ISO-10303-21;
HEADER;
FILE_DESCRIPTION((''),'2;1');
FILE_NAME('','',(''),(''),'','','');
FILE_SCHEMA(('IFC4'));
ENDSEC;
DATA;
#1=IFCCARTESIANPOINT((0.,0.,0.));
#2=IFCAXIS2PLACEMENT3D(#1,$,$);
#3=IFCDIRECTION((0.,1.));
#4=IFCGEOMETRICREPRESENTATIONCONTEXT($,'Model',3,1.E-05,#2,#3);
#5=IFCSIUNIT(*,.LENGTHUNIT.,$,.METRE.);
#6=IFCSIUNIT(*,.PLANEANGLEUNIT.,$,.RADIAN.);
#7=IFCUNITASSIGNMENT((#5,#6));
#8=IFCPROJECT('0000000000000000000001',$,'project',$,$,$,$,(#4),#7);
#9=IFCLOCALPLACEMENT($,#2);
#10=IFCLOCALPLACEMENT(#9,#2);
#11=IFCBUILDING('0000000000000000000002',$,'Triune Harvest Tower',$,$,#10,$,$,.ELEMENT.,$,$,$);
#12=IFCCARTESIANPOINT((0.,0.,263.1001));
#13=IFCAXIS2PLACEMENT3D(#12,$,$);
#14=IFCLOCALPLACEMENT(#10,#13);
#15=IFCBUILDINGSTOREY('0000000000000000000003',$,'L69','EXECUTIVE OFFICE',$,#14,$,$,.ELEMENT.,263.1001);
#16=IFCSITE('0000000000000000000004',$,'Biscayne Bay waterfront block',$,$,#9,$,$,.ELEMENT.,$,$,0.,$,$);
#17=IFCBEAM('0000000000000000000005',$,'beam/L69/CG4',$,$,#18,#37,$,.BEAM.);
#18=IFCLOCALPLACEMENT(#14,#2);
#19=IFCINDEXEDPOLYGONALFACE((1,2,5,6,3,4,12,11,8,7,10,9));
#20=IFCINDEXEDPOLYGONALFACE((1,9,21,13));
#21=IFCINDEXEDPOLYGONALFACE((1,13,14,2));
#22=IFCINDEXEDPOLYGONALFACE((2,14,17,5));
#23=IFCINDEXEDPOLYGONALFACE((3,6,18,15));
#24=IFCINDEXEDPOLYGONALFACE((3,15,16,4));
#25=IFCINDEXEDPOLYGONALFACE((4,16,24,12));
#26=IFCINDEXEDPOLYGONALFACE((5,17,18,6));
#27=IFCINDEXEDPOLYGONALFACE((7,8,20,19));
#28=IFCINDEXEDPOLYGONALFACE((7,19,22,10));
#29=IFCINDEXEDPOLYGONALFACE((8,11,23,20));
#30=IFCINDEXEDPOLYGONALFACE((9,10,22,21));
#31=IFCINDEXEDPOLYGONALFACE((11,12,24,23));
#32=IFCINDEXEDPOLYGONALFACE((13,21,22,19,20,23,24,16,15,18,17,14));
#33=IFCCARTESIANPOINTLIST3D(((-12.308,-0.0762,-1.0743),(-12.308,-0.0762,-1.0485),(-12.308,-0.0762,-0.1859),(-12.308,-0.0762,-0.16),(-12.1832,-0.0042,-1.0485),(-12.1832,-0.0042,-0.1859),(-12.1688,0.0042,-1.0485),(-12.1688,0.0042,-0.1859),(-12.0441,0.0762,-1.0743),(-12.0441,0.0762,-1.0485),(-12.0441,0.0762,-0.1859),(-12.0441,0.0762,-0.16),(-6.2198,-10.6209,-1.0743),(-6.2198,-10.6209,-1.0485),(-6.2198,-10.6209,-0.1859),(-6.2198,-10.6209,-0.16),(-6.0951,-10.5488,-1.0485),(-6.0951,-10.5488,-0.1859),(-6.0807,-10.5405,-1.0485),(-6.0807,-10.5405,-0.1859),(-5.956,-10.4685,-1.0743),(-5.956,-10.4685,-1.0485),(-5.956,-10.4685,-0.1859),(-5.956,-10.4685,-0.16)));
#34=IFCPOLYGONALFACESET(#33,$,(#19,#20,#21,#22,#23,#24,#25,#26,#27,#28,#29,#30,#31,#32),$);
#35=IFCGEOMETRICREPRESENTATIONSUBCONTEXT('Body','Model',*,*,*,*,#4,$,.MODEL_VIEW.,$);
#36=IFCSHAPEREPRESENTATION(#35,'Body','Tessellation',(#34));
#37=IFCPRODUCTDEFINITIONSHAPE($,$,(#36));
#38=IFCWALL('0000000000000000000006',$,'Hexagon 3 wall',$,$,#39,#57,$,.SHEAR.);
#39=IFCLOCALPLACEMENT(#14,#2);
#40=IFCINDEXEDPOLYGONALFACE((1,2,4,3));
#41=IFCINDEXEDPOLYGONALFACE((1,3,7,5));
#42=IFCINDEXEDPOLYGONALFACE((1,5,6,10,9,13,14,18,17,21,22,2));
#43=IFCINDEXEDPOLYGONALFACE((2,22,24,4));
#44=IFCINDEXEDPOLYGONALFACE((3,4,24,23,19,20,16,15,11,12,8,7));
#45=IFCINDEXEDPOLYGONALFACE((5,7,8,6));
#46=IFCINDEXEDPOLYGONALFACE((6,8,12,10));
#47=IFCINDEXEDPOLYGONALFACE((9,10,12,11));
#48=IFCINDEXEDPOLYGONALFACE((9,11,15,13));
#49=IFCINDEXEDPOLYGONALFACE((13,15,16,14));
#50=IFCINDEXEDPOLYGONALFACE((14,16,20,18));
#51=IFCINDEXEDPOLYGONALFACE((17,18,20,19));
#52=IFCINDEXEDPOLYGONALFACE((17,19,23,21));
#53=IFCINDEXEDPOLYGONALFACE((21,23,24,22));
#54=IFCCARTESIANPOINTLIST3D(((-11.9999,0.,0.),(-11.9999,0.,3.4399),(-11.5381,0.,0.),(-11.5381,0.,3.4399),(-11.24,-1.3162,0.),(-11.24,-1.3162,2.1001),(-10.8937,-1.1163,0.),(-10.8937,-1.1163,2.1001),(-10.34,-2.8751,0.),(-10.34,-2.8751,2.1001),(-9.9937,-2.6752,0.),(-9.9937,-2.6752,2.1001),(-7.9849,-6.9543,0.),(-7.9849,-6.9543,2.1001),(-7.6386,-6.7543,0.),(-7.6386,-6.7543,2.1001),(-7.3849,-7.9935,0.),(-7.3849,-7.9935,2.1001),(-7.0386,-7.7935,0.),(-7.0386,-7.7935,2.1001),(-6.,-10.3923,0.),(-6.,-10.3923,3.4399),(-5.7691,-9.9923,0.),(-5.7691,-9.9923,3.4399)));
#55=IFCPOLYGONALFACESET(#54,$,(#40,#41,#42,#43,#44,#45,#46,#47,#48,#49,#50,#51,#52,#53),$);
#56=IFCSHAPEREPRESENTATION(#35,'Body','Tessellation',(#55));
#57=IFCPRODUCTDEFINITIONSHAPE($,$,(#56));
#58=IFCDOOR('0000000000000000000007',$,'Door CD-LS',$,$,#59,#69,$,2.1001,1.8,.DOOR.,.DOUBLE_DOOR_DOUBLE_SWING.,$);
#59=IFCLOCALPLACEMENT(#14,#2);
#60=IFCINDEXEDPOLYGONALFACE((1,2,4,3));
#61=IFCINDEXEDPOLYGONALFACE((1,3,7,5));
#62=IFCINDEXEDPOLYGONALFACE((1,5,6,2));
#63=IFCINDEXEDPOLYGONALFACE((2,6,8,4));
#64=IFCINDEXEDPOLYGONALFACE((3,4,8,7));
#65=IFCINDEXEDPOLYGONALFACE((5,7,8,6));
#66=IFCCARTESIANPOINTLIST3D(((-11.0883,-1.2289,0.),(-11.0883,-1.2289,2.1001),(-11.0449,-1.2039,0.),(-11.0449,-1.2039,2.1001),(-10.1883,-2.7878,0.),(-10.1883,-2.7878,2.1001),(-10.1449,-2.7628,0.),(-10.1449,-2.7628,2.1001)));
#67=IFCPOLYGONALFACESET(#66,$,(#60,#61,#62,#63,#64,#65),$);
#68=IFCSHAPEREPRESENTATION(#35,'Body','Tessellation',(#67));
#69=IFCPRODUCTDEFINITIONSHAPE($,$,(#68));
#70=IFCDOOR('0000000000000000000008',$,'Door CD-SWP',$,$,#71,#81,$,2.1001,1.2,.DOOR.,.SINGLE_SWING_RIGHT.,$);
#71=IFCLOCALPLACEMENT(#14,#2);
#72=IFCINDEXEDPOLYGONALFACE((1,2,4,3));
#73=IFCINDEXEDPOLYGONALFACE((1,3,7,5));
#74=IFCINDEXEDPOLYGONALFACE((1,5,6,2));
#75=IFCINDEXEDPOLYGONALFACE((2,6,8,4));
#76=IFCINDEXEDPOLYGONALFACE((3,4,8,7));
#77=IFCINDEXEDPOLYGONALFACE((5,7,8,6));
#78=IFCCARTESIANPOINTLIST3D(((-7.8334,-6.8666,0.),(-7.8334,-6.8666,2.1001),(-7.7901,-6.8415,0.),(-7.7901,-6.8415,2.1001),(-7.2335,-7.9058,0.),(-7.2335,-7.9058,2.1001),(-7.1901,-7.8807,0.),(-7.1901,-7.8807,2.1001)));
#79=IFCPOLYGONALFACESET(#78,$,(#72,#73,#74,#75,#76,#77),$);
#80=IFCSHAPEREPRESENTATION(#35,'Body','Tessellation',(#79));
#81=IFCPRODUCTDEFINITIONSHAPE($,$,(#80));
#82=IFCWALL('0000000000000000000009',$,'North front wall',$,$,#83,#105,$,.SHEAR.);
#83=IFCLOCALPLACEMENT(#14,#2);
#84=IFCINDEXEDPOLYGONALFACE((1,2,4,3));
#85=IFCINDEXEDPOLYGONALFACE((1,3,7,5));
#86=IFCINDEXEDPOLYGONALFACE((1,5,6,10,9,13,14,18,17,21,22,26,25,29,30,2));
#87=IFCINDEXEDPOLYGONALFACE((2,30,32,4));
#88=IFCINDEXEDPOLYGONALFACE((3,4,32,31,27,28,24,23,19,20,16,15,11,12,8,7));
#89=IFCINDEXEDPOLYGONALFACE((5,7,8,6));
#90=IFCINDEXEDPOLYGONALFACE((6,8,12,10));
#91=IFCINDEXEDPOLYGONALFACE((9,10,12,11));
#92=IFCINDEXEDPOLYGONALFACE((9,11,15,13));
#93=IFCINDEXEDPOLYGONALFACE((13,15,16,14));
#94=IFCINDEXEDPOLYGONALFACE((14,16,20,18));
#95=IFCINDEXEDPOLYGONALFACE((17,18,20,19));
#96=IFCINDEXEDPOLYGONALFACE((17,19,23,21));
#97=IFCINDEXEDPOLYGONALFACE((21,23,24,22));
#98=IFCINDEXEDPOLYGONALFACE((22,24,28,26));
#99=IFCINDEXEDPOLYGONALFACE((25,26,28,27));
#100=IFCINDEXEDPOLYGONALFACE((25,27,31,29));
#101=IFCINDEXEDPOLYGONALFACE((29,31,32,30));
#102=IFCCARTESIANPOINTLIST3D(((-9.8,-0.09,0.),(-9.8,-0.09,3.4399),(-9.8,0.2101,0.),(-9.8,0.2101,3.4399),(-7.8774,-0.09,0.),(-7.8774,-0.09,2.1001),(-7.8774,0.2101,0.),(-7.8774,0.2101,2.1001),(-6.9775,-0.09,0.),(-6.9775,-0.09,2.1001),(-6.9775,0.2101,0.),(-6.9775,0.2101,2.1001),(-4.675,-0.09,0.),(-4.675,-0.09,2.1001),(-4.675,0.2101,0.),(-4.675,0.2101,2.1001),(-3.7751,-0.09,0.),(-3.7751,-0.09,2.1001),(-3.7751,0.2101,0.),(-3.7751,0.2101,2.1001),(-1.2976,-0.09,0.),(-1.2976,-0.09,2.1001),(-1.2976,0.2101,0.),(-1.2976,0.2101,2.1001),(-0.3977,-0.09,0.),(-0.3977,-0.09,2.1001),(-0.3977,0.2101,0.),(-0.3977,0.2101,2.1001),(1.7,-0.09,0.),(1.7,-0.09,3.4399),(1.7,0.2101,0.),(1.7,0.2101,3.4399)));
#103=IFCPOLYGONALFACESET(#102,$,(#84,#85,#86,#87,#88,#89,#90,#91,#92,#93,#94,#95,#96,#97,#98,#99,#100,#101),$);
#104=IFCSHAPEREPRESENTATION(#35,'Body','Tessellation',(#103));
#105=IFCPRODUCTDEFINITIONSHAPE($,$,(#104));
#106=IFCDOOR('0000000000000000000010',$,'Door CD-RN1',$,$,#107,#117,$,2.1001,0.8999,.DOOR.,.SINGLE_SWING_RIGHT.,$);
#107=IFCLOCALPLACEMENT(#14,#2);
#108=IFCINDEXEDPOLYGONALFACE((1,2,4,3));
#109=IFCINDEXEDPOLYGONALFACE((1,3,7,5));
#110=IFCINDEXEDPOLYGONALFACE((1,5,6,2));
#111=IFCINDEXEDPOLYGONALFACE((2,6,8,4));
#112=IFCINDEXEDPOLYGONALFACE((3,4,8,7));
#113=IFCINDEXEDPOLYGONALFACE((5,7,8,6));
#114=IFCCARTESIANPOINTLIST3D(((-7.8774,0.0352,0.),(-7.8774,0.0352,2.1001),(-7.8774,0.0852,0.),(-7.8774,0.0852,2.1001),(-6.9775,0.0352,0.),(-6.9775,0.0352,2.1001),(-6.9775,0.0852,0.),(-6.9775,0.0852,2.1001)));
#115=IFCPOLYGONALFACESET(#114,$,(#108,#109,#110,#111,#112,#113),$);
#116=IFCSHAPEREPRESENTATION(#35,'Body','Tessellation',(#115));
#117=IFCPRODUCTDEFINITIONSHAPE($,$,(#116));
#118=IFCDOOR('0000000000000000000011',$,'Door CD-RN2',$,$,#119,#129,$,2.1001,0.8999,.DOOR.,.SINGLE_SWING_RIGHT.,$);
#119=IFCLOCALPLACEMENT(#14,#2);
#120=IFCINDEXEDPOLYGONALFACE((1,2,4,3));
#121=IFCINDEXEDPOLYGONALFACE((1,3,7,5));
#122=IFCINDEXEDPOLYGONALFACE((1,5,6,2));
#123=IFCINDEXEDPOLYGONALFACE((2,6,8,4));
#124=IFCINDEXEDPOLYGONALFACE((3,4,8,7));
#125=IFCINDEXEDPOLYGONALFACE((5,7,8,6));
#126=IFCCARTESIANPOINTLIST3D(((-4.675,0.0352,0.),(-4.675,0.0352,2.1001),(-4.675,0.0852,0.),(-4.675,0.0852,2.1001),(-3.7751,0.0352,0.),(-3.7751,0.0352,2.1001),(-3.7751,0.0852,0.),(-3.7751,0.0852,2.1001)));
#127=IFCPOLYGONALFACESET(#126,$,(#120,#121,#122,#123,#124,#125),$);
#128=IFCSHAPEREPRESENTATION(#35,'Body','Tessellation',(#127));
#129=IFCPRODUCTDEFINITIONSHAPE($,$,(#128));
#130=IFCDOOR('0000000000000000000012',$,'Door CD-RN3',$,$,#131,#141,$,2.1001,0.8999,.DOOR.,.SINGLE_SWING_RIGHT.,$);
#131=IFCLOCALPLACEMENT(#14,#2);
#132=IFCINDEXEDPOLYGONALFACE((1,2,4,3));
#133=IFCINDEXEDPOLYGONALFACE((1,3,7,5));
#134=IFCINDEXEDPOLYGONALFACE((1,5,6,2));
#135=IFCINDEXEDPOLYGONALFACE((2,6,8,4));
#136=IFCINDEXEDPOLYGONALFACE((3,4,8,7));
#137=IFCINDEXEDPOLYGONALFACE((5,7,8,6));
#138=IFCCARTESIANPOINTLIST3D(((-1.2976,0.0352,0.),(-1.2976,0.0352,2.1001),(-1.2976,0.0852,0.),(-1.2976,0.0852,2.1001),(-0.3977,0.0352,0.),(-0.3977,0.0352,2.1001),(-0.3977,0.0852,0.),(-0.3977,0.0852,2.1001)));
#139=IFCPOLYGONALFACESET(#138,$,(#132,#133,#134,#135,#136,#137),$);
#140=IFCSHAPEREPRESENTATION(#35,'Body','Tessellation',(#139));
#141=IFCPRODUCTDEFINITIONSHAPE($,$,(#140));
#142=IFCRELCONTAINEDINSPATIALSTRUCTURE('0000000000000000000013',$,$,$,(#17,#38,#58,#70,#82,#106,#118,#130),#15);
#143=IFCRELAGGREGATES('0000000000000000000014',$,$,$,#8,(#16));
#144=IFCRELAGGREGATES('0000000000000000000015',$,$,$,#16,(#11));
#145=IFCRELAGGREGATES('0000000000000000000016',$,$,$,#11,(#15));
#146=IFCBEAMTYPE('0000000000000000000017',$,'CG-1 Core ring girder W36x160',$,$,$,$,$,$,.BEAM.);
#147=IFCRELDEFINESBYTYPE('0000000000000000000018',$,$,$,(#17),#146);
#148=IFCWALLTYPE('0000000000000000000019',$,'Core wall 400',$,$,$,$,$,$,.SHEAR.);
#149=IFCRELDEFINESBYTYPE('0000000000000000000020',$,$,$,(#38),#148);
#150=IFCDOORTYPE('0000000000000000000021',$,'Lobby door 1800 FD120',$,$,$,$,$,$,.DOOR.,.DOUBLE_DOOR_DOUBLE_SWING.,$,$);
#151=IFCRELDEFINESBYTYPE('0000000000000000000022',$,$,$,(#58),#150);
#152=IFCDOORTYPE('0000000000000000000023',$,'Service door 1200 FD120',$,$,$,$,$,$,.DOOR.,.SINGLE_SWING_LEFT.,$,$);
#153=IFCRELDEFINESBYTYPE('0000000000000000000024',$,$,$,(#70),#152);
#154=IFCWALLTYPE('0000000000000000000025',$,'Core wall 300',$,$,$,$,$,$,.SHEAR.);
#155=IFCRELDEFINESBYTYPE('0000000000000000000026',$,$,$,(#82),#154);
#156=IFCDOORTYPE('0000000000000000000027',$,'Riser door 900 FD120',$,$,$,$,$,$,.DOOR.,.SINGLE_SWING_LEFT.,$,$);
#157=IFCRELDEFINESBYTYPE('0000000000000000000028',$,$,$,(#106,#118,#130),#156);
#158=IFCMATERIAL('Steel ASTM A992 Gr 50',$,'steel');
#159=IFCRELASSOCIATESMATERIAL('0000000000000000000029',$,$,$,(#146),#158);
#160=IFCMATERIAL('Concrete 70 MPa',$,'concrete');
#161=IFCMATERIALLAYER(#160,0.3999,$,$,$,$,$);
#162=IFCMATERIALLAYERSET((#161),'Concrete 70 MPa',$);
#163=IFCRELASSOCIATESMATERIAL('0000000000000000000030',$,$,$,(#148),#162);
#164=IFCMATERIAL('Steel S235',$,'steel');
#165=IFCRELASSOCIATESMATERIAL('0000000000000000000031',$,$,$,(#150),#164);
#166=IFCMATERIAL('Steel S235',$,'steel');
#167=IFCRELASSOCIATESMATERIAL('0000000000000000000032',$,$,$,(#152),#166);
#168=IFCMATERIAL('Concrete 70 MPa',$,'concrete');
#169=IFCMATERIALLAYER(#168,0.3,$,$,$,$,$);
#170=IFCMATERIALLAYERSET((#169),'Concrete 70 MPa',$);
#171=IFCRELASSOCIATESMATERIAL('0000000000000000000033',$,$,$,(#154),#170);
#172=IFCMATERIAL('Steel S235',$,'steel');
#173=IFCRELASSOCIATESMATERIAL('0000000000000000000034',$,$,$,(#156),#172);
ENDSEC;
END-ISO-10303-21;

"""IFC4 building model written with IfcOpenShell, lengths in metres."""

from ifc_helpers import new_model, si_unit, direction, frame, frame_2d, origin, origin_2d, place, context, subcontext, project, spatial, polyline, rectangle, i_section, outline, extrude, source, transform, mapped, material, layer, layer_set, material_profile, profile_set, type_object, element, fill, save


model = new_model("IFC4")

# Units and contexts
model_context = context("Model", 3, precision=1e-05, world=origin(), true_north=direction((0.0, 1.0)))
body_context = subcontext(model_context, "Body", "Model", "MODEL_VIEW")
ifc_project = project(units=[si_unit("LENGTHUNIT", "METRE"), si_unit("PLANEANGLEUNIT", "RADIAN")], contexts=[model_context])

# Site, building, storey
site_placement = place(None, origin())
site = spatial("IfcSite", under=ifc_project, at=site_placement, Name="Biscayne Bay waterfront block", CompositionType="ELEMENT", RefElevation=0.0)
building_placement = place(site_placement, origin())
building = spatial("IfcBuilding", under=site, at=building_placement, Name="Triune Harvest Tower", CompositionType="ELEMENT")
storey_placement = place(building_placement, frame((0.0, 0.0, 263.1001)))
storey = spatial("IfcBuildingStorey", under=building, at=storey_placement, Name="L69", Description="EXECUTIVE OFFICE", CompositionType="ELEMENT", Elevation=263.1001)

# Beam
ifc_material_1 = material(Name="Steel ASTM A992 Gr 50", Category="steel")
ifc_material_profile = material_profile(ifc_material_1, i_section(OverallWidth=0.3047, OverallDepth=0.9143, WebThickness=0.0166, FlangeThickness=0.0259, at=origin_2d()), Name="W36x160")
ifc_profile_set = profile_set([ifc_material_profile], Name="Steel ASTM A992 Gr 50")
beam_type = type_object("IfcBeamType", Name="CG-1 Core ring girder W36x160", PredefinedType="BEAM", material=ifc_profile_set)
shared_shape_1 = source(origin(), body_context, "Body", "SweptSolid", [
    extrude(i_section(OverallWidth=0.3047, OverallDepth=0.9143, WebThickness=0.0166, FlangeThickness=0.0259, at=origin_2d()), origin(), (0.0, 0.0, 1.0), 12.176),
])
beam_placement = place(storey_placement, frame((-12.176, 0.0, -0.6172), z_axis=(0.50001, -0.86602, 0.0), x_axis=(0.86602, 0.50001, 0.0)))
element("IfcBeam", 1, at=beam_placement, inside=storey, type_object=beam_type, Name="beam/L69/CG4", PredefinedType="BEAM", context=body_context, shape_type="MappedRepresentation", body=[
    mapped(shared_shape_1, transform((0.0, 0.0, 0.0), scale=1.0)),
])

# Walls, openings, doors
ifc_material_2 = material(Name="Concrete 70 MPa", Category="concrete")
ifc_layer_1 = layer(ifc_material_2, 0.3999)
ifc_layer_set_1 = layer_set([ifc_layer_1], Name="Concrete 70 MPa")
wall_type_1 = type_object("IfcWallType", Name="Core wall 400", PredefinedType="SHEAR", material=ifc_layer_set_1)
shared_shape_2 = source(origin(), body_context, "Body", "SweptSolid", [
    extrude(outline(polyline([(-0.1155, -0.2), (11.8845, -0.2), (11.6536, 0.2), (0.1155, 0.2), (-0.1155, -0.2)])), origin(), (0.0, 0.0, 1.0), 3.4399),
])
wall_1_placement = place(storey_placement, frame((-11.769, 0.0, 0.0), z_axis=(0.0, 0.0, 1.0), x_axis=(0.499997, -0.866027, 0.0)))
wall_1 = element("IfcWall", 2, at=wall_1_placement, inside=storey, type_object=wall_type_1, Name="Hexagon 3 wall", PredefinedType="SHEAR", context=body_context, shape_type="MappedRepresentation", body=[
    mapped(shared_shape_2, transform((0.0, 0.0, 0.0), scale=1.0)),
])
opening_1_placement = place(wall_1_placement, frame((1.4045, 0.0, 0.0)))
opening_1 = element("IfcOpeningElement", 3, at=opening_1_placement, cuts=wall_1, PredefinedType="OPENING", context=body_context, shape_type="SweptSolid", body=[
    extrude(rectangle(XDim=1.8, YDim=2.1001, at=frame_2d((0.8999, 1.05))), frame((0.0, 0.21, 0.0), z_axis=(0.0, -1.0, 0.0), x_axis=(1.0, 0.0, 0.0)), (0.0, 0.0, 1.0), 0.4199),
])
opening_2_placement = place(wall_1_placement, frame((7.9146, 0.0, 0.0)))
opening_2 = element("IfcOpeningElement", 4, at=opening_2_placement, cuts=wall_1, PredefinedType="OPENING", context=body_context, shape_type="SweptSolid", body=[
    extrude(rectangle(XDim=1.2, YDim=2.1001, at=frame_2d((0.6001, 1.05))), frame((0.0, 0.21, 0.0), z_axis=(0.0, -1.0, 0.0), x_axis=(1.0, 0.0, 0.0)), (0.0, 0.0, 1.0), 0.4199),
])
ifc_material_3 = material(Name="Steel S235", Category="steel")
door_type_1 = type_object("IfcDoorType", Name="Lobby door 1800 FD120", OperationType="DOUBLE_DOOR_DOUBLE_SWING", PredefinedType="DOOR", material=ifc_material_3)
door_1_placement = place(opening_1_placement, frame((1.8, 0.0, 0.0), z_axis=(0.0, 0.0, 1.0), x_axis=(-1.0, 0.0, 0.0)))
door_1 = element("IfcDoor", 5, at=door_1_placement, inside=storey, type_object=door_type_1, Name="Door CD-LS", OperationType="DOUBLE_DOOR_DOUBLE_SWING", OverallHeight=2.1001, OverallWidth=1.8, PredefinedType="DOOR", context=body_context, shape_type="SweptSolid", body=[
    extrude(rectangle(XDim=1.8, YDim=2.1001, at=frame_2d((0.8999, 1.05))), frame((0.0, 0.0249, 0.0), z_axis=(0.0, -1.0, 0.0), x_axis=(1.0, 0.0, 0.0)), (0.0, 0.0, 1.0), 0.05),
])
fill(opening_1, door_1)
ifc_material_4 = material(Name="Steel S235", Category="steel")
door_type_2 = type_object("IfcDoorType", Name="Service door 1200 FD120", OperationType="SINGLE_SWING_LEFT", PredefinedType="DOOR", material=ifc_material_4)
door_2_placement = place(opening_2_placement, frame((1.2, 0.0, 0.0), z_axis=(0.0, 0.0, 1.0), x_axis=(-1.0, 0.0, 0.0)))
door_2 = element("IfcDoor", 6, at=door_2_placement, inside=storey, type_object=door_type_2, Name="Door CD-SWP", OperationType="SINGLE_SWING_RIGHT", OverallHeight=2.1001, OverallWidth=1.2, PredefinedType="DOOR", context=body_context, shape_type="SweptSolid", body=[
    extrude(rectangle(XDim=1.2, YDim=2.1001, at=frame_2d((0.6001, 1.05))), frame((0.0, 0.0249, 0.0), z_axis=(0.0, -1.0, 0.0), x_axis=(1.0, 0.0, 0.0)), (0.0, 0.0, 1.0), 0.05),
])
fill(opening_2, door_2)
ifc_material_5 = material(Name="Concrete 70 MPa", Category="concrete")
ifc_layer_2 = layer(ifc_material_5, 0.3)
ifc_layer_set_2 = layer_set([ifc_layer_2], Name="Concrete 70 MPa")
wall_type_2 = type_object("IfcWallType", Name="Core wall 300", PredefinedType="SHEAR", material=ifc_layer_set_2)
shared_shape_3 = source(origin(), body_context, "Body", "SweptSolid", [
    extrude(rectangle(XDim=11.5, YDim=0.3, at=frame_2d((5.75, 0.0))), origin(), (0.0, 0.0, 1.0), 3.4399),
])
wall_2_placement = place(storey_placement, frame((-9.8, 0.0601, 0.0), z_axis=(0.0, 0.0, 1.0), x_axis=(1.0, 0.0, 0.0)))
wall_2 = element("IfcWall", 7, at=wall_2_placement, inside=storey, type_object=wall_type_2, Name="North front wall", PredefinedType="SHEAR", context=body_context, shape_type="MappedRepresentation", body=[
    mapped(shared_shape_3, transform((0.0, 0.0, 0.0), scale=1.0)),
])
opening_3_placement = place(wall_2_placement, frame((1.9226, 0.0, 0.0)))
opening_3 = element("IfcOpeningElement", 8, at=opening_3_placement, cuts=wall_2, PredefinedType="OPENING", context=body_context, shape_type="SweptSolid", body=[
    extrude(rectangle(XDim=0.8999, YDim=2.1001, at=frame_2d((0.45, 1.05))), frame((0.0, 0.1602, 0.0), z_axis=(0.0, -1.0, 0.0), x_axis=(1.0, 0.0, 0.0)), (0.0, 0.0, 1.0), 0.3201),
])
opening_4_placement = place(wall_2_placement, frame((5.125, 0.0, 0.0)))
opening_4 = element("IfcOpeningElement", 9, at=opening_4_placement, cuts=wall_2, PredefinedType="OPENING", context=body_context, shape_type="SweptSolid", body=[
    extrude(rectangle(XDim=0.8999, YDim=2.1001, at=frame_2d((0.45, 1.05))), frame((0.0, 0.1602, 0.0), z_axis=(0.0, -1.0, 0.0), x_axis=(1.0, 0.0, 0.0)), (0.0, 0.0, 1.0), 0.3201),
])
opening_5_placement = place(wall_2_placement, frame((8.5024, 0.0, 0.0)))
opening_5 = element("IfcOpeningElement", 10, at=opening_5_placement, cuts=wall_2, PredefinedType="OPENING", context=body_context, shape_type="SweptSolid", body=[
    extrude(rectangle(XDim=0.8999, YDim=2.1001, at=frame_2d((0.45, 1.05))), frame((0.0, 0.1602, 0.0), z_axis=(0.0, -1.0, 0.0), x_axis=(1.0, 0.0, 0.0)), (0.0, 0.0, 1.0), 0.3201),
])
ifc_material_6 = material(Name="Steel S235", Category="steel")
door_type_3 = type_object("IfcDoorType", Name="Riser door 900 FD120", OperationType="SINGLE_SWING_LEFT", PredefinedType="DOOR", material=ifc_material_6)
door_3_placement = place(opening_3_placement, frame((0.8999, 0.0, 0.0), z_axis=(0.0, 0.0, 1.0), x_axis=(-1.0, 0.0, 0.0)))
door_3 = element("IfcDoor", 11, at=door_3_placement, inside=storey, type_object=door_type_3, Name="Door CD-RN1", OperationType="SINGLE_SWING_RIGHT", OverallHeight=2.1001, OverallWidth=0.8999, PredefinedType="DOOR", context=body_context, shape_type="SweptSolid", body=[
    extrude(rectangle(XDim=0.8999, YDim=2.1001, at=frame_2d((0.45, 1.05))), frame((0.0, 0.0249, 0.0), z_axis=(0.0, -1.0, 0.0), x_axis=(1.0, 0.0, 0.0)), (0.0, 0.0, 1.0), 0.05),
])
fill(opening_3, door_3)
door_4_placement = place(opening_4_placement, frame((0.8999, 0.0, 0.0), z_axis=(0.0, 0.0, 1.0), x_axis=(-1.0, 0.0, 0.0)))
door_4 = element("IfcDoor", 12, at=door_4_placement, inside=storey, type_object=door_type_3, Name="Door CD-RN2", OperationType="SINGLE_SWING_RIGHT", OverallHeight=2.1001, OverallWidth=0.8999, PredefinedType="DOOR", context=body_context, shape_type="SweptSolid", body=[
    extrude(rectangle(XDim=0.8999, YDim=2.1001, at=frame_2d((0.45, 1.05))), frame((0.0, 0.0249, 0.0), z_axis=(0.0, -1.0, 0.0), x_axis=(1.0, 0.0, 0.0)), (0.0, 0.0, 1.0), 0.05),
])
fill(opening_4, door_4)
door_5_placement = place(opening_5_placement, frame((0.8999, 0.0, 0.0), z_axis=(0.0, 0.0, 1.0), x_axis=(-1.0, 0.0, 0.0)))
door_5 = element("IfcDoor", 13, at=door_5_placement, inside=storey, type_object=door_type_3, Name="Door CD-RN3", OperationType="SINGLE_SWING_RIGHT", OverallHeight=2.1001, OverallWidth=0.8999, PredefinedType="DOOR", context=body_context, shape_type="SweptSolid", body=[
    extrude(rectangle(XDim=0.8999, YDim=2.1001, at=frame_2d((0.45, 1.05))), frame((0.0, 0.0249, 0.0), z_axis=(0.0, -1.0, 0.0), x_axis=(1.0, 0.0, 0.0)), (0.0, 0.0, 1.0), 0.05),
])
fill(opening_5, door_5)

save(model, "model.ifc")
